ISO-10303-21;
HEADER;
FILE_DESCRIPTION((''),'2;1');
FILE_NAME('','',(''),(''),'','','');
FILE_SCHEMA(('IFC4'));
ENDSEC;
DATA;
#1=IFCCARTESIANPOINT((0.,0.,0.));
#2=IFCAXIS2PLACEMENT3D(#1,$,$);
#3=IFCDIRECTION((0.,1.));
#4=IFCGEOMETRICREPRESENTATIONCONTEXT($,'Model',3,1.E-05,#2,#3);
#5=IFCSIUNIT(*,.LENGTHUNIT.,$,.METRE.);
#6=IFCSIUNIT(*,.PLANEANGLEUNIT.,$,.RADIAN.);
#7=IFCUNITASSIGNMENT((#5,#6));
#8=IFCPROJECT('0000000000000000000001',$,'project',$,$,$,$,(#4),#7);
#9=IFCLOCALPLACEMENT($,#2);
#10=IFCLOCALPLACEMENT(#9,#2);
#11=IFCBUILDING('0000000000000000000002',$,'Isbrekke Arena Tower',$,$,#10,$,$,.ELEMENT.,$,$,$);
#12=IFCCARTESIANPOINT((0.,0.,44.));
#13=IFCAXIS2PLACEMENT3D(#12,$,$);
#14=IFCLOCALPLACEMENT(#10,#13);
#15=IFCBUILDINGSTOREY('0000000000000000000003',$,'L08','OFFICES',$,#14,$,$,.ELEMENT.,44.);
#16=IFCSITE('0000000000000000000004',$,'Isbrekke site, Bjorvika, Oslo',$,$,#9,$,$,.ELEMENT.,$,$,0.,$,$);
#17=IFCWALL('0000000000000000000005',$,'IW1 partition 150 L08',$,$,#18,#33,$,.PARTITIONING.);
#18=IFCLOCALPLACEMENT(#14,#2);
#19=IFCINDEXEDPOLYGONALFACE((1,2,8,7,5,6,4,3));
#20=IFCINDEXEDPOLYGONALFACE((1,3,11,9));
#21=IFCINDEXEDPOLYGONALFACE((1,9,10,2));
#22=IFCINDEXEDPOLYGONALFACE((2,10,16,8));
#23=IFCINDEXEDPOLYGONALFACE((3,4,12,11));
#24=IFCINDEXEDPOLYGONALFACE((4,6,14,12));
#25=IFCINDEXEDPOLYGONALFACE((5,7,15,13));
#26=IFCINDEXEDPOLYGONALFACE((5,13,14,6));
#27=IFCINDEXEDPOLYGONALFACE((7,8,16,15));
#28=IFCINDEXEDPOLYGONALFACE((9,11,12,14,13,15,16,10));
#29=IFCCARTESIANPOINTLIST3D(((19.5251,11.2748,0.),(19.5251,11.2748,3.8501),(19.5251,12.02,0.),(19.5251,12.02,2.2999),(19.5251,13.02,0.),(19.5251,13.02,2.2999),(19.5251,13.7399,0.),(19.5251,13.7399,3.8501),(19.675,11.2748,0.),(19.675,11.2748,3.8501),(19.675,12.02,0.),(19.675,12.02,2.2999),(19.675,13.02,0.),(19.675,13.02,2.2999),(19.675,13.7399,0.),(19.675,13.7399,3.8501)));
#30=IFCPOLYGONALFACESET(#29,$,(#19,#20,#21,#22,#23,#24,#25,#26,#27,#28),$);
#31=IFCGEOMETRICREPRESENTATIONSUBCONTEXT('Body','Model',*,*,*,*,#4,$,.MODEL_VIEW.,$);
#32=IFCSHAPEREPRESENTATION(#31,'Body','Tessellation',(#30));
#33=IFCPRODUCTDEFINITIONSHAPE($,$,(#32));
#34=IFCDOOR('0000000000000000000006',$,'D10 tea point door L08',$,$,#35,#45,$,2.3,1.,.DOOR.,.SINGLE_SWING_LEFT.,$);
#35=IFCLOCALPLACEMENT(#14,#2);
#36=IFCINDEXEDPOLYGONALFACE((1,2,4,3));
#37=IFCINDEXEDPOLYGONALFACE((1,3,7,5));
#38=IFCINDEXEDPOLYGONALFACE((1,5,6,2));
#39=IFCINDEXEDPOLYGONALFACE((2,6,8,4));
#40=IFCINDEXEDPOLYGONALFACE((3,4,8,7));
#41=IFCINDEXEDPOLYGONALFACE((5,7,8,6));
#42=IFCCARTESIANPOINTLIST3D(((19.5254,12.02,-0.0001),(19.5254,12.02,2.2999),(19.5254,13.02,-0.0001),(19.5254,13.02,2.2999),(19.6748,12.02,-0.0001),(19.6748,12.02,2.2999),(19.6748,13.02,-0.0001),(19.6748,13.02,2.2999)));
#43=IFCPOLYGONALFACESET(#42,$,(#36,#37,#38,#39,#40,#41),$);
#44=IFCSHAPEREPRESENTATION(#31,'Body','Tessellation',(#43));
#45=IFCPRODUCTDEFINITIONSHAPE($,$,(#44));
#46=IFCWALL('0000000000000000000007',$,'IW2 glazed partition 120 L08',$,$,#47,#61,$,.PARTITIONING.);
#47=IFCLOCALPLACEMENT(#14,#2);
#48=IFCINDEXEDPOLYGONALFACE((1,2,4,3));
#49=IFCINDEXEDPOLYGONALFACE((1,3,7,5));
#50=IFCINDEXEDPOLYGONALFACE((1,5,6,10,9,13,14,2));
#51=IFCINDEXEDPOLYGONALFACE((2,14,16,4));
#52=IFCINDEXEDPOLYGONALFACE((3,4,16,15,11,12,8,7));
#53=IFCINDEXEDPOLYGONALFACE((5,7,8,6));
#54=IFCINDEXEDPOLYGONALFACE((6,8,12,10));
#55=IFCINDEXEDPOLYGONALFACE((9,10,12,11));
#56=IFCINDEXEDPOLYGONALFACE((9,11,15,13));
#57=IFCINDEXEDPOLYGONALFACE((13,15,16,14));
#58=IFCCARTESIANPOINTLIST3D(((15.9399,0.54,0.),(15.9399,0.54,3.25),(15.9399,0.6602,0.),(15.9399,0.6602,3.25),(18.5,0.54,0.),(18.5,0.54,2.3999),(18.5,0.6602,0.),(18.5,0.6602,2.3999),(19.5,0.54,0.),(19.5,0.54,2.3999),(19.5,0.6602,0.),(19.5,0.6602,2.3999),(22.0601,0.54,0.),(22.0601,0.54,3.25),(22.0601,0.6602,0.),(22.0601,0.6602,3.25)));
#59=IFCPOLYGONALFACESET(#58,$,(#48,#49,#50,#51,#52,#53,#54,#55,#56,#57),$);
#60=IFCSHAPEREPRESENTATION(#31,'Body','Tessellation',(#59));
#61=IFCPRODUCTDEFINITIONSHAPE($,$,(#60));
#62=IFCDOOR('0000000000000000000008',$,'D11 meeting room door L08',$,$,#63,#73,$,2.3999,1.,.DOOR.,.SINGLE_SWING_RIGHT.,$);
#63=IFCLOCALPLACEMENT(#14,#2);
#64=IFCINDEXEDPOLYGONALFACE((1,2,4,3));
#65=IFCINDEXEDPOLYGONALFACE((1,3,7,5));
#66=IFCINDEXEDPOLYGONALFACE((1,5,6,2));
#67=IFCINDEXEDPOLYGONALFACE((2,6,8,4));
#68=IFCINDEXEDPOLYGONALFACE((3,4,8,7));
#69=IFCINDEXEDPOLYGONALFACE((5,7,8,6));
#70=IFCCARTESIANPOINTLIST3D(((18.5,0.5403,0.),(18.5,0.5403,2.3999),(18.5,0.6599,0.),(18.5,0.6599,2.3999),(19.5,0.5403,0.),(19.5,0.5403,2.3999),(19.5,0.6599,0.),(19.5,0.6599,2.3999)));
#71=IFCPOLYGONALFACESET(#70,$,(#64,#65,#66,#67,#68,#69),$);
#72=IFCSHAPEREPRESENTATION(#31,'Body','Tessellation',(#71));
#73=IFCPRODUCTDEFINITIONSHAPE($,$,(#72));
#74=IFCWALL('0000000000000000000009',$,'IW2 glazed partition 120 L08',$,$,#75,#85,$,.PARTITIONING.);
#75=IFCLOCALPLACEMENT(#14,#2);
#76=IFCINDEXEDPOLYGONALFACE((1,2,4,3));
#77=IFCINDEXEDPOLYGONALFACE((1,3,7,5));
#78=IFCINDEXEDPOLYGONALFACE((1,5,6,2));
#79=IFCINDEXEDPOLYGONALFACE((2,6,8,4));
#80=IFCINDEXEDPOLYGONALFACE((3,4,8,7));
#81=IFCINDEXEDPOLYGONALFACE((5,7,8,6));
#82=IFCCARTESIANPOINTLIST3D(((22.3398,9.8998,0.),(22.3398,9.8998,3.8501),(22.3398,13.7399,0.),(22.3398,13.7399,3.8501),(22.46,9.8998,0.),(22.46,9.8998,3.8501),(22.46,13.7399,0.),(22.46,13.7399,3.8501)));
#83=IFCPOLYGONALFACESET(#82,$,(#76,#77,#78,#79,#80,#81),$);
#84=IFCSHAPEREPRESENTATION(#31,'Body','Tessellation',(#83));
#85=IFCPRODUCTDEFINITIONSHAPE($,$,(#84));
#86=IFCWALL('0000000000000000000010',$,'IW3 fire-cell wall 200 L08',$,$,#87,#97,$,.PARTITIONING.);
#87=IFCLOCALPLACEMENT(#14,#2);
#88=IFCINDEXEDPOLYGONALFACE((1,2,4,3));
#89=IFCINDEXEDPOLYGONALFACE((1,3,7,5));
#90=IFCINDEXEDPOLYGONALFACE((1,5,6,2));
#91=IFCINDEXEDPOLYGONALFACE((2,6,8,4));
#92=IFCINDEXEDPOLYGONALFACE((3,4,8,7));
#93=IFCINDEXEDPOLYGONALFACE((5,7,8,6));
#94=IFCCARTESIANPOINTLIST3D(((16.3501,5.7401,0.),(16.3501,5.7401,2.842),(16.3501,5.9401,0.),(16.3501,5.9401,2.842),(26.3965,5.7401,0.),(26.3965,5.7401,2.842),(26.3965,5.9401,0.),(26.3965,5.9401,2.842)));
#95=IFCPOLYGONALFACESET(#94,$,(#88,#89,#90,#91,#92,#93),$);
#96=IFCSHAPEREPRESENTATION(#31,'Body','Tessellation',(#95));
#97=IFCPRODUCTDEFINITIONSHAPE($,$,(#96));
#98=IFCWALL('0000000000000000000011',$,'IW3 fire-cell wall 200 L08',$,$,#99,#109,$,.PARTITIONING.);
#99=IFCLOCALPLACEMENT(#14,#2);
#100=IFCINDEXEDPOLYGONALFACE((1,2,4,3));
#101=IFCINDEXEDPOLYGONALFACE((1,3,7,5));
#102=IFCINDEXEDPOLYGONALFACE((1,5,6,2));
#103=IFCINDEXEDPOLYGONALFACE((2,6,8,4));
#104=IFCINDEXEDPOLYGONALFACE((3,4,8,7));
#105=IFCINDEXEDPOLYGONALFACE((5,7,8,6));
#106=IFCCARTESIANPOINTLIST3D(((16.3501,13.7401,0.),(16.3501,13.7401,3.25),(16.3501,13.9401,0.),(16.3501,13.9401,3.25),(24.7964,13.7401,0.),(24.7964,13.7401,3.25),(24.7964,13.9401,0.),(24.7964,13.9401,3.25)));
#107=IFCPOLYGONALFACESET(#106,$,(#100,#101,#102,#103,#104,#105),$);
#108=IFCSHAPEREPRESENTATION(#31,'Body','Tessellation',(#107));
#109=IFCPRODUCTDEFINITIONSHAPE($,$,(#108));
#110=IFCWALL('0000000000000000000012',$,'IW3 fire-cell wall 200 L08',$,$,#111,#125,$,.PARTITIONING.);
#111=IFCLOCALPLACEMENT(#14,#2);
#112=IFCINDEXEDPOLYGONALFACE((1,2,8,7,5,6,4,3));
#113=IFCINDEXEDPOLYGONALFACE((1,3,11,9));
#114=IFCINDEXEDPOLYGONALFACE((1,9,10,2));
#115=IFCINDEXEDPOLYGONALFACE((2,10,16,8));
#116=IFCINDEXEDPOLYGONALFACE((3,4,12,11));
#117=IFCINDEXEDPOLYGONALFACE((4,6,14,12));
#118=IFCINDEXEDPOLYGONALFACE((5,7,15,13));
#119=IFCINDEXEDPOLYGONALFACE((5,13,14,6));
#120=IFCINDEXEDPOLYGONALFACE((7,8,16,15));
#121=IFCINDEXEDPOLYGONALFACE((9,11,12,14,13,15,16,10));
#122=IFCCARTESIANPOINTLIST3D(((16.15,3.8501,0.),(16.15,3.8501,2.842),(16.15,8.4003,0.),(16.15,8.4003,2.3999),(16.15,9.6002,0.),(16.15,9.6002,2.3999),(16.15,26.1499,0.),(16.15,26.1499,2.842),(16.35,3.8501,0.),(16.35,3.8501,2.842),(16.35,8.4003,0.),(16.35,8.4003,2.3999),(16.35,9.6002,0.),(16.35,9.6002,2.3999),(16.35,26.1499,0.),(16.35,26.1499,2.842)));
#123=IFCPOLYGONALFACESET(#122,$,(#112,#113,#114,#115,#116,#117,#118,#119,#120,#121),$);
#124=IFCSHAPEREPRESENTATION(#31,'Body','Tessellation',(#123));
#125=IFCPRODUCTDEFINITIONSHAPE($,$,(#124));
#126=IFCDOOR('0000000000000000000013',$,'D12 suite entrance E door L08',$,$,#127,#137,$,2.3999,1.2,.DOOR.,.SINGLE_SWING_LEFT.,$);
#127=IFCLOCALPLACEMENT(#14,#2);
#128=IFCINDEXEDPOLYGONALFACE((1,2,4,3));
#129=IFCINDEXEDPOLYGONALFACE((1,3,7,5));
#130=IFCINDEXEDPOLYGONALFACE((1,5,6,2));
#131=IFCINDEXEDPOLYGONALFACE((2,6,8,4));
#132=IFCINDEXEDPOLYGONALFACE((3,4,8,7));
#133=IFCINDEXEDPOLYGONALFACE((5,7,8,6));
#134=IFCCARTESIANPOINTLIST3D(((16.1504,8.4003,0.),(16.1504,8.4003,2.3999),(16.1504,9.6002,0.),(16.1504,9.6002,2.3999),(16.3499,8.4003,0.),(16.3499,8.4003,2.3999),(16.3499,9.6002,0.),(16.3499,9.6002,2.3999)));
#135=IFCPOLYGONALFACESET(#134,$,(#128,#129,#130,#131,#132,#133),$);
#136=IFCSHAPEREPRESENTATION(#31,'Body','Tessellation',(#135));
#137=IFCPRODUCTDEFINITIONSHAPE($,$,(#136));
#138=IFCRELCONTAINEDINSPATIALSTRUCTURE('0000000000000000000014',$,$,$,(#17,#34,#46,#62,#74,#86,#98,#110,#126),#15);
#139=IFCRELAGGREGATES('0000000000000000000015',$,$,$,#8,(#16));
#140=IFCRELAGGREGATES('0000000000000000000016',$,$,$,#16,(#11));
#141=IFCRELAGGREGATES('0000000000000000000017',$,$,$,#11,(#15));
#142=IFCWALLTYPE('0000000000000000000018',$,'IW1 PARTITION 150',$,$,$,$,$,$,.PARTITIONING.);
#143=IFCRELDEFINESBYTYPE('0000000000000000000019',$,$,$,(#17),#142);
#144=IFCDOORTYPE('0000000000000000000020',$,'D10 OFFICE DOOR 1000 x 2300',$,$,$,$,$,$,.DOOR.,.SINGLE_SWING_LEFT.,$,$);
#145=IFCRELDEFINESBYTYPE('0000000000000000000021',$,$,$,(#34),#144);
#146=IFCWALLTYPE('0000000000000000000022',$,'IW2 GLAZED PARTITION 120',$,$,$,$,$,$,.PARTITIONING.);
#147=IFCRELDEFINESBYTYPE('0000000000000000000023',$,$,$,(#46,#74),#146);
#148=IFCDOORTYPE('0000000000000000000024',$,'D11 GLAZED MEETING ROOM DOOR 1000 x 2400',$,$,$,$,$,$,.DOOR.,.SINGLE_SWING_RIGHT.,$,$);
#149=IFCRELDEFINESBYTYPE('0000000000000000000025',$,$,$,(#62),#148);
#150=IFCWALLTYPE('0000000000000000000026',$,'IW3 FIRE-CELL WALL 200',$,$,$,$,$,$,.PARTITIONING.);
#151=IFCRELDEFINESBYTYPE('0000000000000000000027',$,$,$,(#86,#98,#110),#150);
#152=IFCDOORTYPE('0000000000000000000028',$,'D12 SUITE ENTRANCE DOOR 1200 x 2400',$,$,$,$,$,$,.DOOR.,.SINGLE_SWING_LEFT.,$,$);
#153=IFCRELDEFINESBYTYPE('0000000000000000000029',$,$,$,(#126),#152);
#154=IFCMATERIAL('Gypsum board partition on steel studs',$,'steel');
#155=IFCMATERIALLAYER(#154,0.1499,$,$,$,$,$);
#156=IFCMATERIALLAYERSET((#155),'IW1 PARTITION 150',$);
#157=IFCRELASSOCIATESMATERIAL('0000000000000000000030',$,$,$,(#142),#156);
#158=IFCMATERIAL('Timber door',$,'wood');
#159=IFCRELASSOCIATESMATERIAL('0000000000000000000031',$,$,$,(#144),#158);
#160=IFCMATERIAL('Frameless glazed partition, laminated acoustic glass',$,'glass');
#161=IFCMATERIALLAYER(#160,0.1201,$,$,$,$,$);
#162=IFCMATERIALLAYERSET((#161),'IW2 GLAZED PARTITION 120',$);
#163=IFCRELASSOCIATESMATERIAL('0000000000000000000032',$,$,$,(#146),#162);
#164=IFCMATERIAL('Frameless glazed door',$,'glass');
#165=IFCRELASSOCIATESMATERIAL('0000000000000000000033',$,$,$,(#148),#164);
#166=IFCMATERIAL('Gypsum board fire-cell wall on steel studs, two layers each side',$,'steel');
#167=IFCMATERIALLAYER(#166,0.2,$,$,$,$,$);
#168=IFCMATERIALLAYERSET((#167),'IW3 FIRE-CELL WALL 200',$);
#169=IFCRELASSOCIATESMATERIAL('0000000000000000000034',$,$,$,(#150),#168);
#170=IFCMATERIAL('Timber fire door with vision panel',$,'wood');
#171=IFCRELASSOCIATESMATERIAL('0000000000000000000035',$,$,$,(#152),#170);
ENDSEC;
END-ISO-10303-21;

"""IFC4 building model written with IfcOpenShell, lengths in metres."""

from ifc_helpers import new_model, si_unit, direction, frame, frame_2d, origin, place, context, subcontext, project, spatial, rectangle, extrude, material, layer, layer_set, type_object, element, fill, save


model = new_model("IFC4")

# Units and contexts
model_context = context("Model", 3, precision=1e-05, world=origin(), true_north=direction((0.0, 1.0)))
body_context = subcontext(model_context, "Body", "Model", "MODEL_VIEW")
ifc_project = project(units=[si_unit("LENGTHUNIT", "METRE"), si_unit("PLANEANGLEUNIT", "RADIAN")], contexts=[model_context])

# Site, building, storey
site_placement = place(None, origin())
site = spatial("IfcSite", under=ifc_project, at=site_placement, Name="Isbrekke site, Bjorvika, Oslo", CompositionType="ELEMENT", RefElevation=0.0)
building_placement = place(site_placement, origin())
building = spatial("IfcBuilding", under=site, at=building_placement, Name="Isbrekke Arena Tower", CompositionType="ELEMENT")
storey_placement = place(building_placement, frame((0.0, 0.0, 44.0)))
storey = spatial("IfcBuildingStorey", under=building, at=storey_placement, Name="L08", Description="OFFICES", CompositionType="ELEMENT", Elevation=44.0)

# Shared definitions
ifc_material_1 = material(Name="Gypsum board partition on steel studs", Category="steel")
ifc_layer_1 = layer(ifc_material_1, 0.1499)
ifc_layer_set_1 = layer_set([ifc_layer_1], Name="IW1 PARTITION 150")
wall_type_1 = type_object("IfcWallType", Name="IW1 PARTITION 150", PredefinedType="PARTITIONING", material=ifc_layer_set_1)

# Walls, openings, doors
wall_1_placement = place(storey_placement, frame((19.6001, 11.2749, 0.0), z_axis=(0.0, 0.0, 1.0), x_axis=(0.0, 1.0, 0.0)))
wall_1 = element("IfcWall", 1, at=wall_1_placement, inside=storey, type_object=wall_type_1, Name="IW1 partition 150 L08", PredefinedType="PARTITIONING", context=body_context, shape_type="SweptSolid", body=[
    extrude(rectangle(XDim=2.4651, YDim=0.1499, at=frame_2d((1.2324, 0.0))), origin(), (0.0, 0.0, 1.0), 3.8501),
])
opening_1_placement = place(wall_1_placement, frame((0.7451, 0.0, 0.0)))
opening_1 = element("IfcOpeningElement", 2, at=opening_1_placement, cuts=wall_1, PredefinedType="OPENING", context=body_context, shape_type="SweptSolid", body=[
    extrude(rectangle(XDim=1.0, YDim=2.3, at=frame_2d((0.5, 1.1499))), frame((0.0, 0.0898, 0.0), z_axis=(0.0, -1.0, 0.0), x_axis=(1.0, 0.0, 0.0)), (0.0, 0.0, 1.0), 0.1797),
])
ifc_material_2 = material(Name="Timber door", Category="wood")
door_type_1 = type_object("IfcDoorType", Name="D10 OFFICE DOOR 1000 x 2300", OperationType="SINGLE_SWING_LEFT", PredefinedType="DOOR", material=ifc_material_2)
door_1_placement = place(opening_1_placement, origin())
door_1 = element("IfcDoor", 3, at=door_1_placement, inside=storey, type_object=door_type_1, Name="D10 tea point door L08", OperationType="SINGLE_SWING_LEFT", OverallHeight=2.3, OverallWidth=1.0, PredefinedType="DOOR", context=body_context, shape_type="SweptSolid", body=[
    extrude(rectangle(XDim=1.0, YDim=2.3, at=frame_2d((0.5, 1.1499))), frame((0.0, 0.0747, 0.0), z_axis=(0.0, -1.0, 0.0), x_axis=(1.0, 0.0, 0.0)), (0.0, 0.0, 1.0), 0.1494),
])
fill(opening_1, door_1)
ifc_material_3 = material(Name="Frameless glazed partition, laminated acoustic glass", Category="glass")
ifc_layer_2 = layer(ifc_material_3, 0.1201)
ifc_layer_set_2 = layer_set([ifc_layer_2], Name="IW2 GLAZED PARTITION 120")
wall_type_2 = type_object("IfcWallType", Name="IW2 GLAZED PARTITION 120", PredefinedType="PARTITIONING", material=ifc_layer_set_2)
wall_2_placement = place(storey_placement, frame((15.9399, 0.6001, 0.0), z_axis=(0.0, 0.0, 1.0), x_axis=(1.0, 0.0, 0.0)))
wall_2 = element("IfcWall", 4, at=wall_2_placement, inside=storey, type_object=wall_type_2, Name="IW2 glazed partition 120 L08", PredefinedType="PARTITIONING", context=body_context, shape_type="SweptSolid", body=[
    extrude(rectangle(XDim=6.1201, YDim=0.1201, at=frame_2d((3.0601, 0.0))), origin(), (0.0, 0.0, 1.0), 3.25),
])
opening_2_placement = place(wall_2_placement, frame((2.5601, 0.0, 0.0)))
opening_2 = element("IfcOpeningElement", 5, at=opening_2_placement, cuts=wall_2, PredefinedType="OPENING", context=body_context, shape_type="SweptSolid", body=[
    extrude(rectangle(XDim=1.0, YDim=2.3999, at=frame_2d((0.5, 1.2))), frame((0.0, 0.075, 0.0), z_axis=(0.0, -1.0, 0.0), x_axis=(1.0, 0.0, 0.0)), (0.0, 0.0, 1.0), 0.1499),
])
ifc_material_4 = material(Name="Frameless glazed door", Category="glass")
door_type_2 = type_object("IfcDoorType", Name="D11 GLAZED MEETING ROOM DOOR 1000 x 2400", OperationType="SINGLE_SWING_RIGHT", PredefinedType="DOOR", material=ifc_material_4)
door_2_placement = place(opening_2_placement, origin())
door_2 = element("IfcDoor", 6, at=door_2_placement, inside=storey, type_object=door_type_2, Name="D11 meeting room door L08", OperationType="SINGLE_SWING_RIGHT", OverallHeight=2.3999, OverallWidth=1.0, PredefinedType="DOOR", context=body_context, shape_type="SweptSolid", body=[
    extrude(rectangle(XDim=1.0, YDim=2.3999, at=frame_2d((0.5, 1.2))), frame((0.0, 0.0598, 0.0), z_axis=(0.0, -1.0, 0.0), x_axis=(1.0, 0.0, 0.0)), (0.0, 0.0, 1.0), 0.1196),
])
fill(opening_2, door_2)

# Walls
wall_3_placement = place(storey_placement, frame((22.3999, 9.8999, 0.0), z_axis=(0.0, 0.0, 1.0), x_axis=(0.0, 1.0, 0.0)))
element("IfcWall", 7, at=wall_3_placement, inside=storey, type_object=wall_type_2, Name="IW2 glazed partition 120 L08", PredefinedType="PARTITIONING", context=body_context, shape_type="SweptSolid", body=[
    extrude(rectangle(XDim=3.8401, YDim=0.1201, at=frame_2d((1.9199, 0.0))), origin(), (0.0, 0.0, 1.0), 3.8501),
])
ifc_material_5 = material(Name="Gypsum board fire-cell wall on steel studs, two layers each side", Category="steel")
ifc_layer_3 = layer(ifc_material_5, 0.2)
ifc_layer_set_3 = layer_set([ifc_layer_3], Name="IW3 FIRE-CELL WALL 200")
wall_type_3 = type_object("IfcWallType", Name="IW3 FIRE-CELL WALL 200", PredefinedType="PARTITIONING", material=ifc_layer_set_3)
wall_4_placement = place(storey_placement, frame((16.3501, 5.8401, 0.0), z_axis=(0.0, 0.0, 1.0), x_axis=(1.0, 0.0, 0.0)))
element("IfcWall", 8, at=wall_4_placement, inside=storey, type_object=wall_type_3, Name="IW3 fire-cell wall 200 L08", PredefinedType="PARTITIONING", context=body_context, shape_type="SweptSolid", body=[
    extrude(rectangle(XDim=10.0464, YDim=0.2, at=frame_2d((5.0232, 0.0))), origin(), (0.0, 0.0, 1.0), 2.842),
])
wall_5_placement = place(storey_placement, frame((16.3501, 13.8401, 0.0), z_axis=(0.0, 0.0, 1.0), x_axis=(1.0, 0.0, 0.0)))
element("IfcWall", 9, at=wall_5_placement, inside=storey, type_object=wall_type_3, Name="IW3 fire-cell wall 200 L08", PredefinedType="PARTITIONING", context=body_context, shape_type="SweptSolid", body=[
    extrude(rectangle(XDim=8.4463, YDim=0.2, at=frame_2d((4.2231, 0.0))), origin(), (0.0, 0.0, 1.0), 3.25),
])

# Wall, opening, door
wall_6_placement = place(storey_placement, frame((16.25, 3.8501, 0.0), z_axis=(0.0, 0.0, 1.0), x_axis=(0.0, 1.0, 0.0)))
wall_6 = element("IfcWall", 10, at=wall_6_placement, inside=storey, type_object=wall_type_3, Name="IW3 fire-cell wall 200 L08", PredefinedType="PARTITIONING", context=body_context, shape_type="SweptSolid", body=[
    extrude(rectangle(XDim=22.2998, YDim=0.2, at=frame_2d((11.1499, 0.0))), origin(), (0.0, 0.0, 1.0), 2.842),
])
opening_3_placement = place(wall_6_placement, frame((4.55, 0.0, 0.0)))
opening_3 = element("IfcOpeningElement", 11, at=opening_3_placement, cuts=wall_6, PredefinedType="OPENING", context=body_context, shape_type="SweptSolid", body=[
    extrude(rectangle(XDim=1.2, YDim=2.3999, at=frame_2d((0.6001, 1.2))), frame((0.0, 0.1147, 0.0), z_axis=(0.0, -1.0, 0.0), x_axis=(1.0, 0.0, 0.0)), (0.0, 0.0, 1.0), 0.2297),
])
ifc_material_6 = material(Name="Timber fire door with vision panel", Category="wood")
door_type_3 = type_object("IfcDoorType", Name="D12 SUITE ENTRANCE DOOR 1200 x 2400", OperationType="SINGLE_SWING_LEFT", PredefinedType="DOOR", material=ifc_material_6)
door_3_placement = place(opening_3_placement, origin())
door_3 = element("IfcDoor", 12, at=door_3_placement, inside=storey, type_object=door_type_3, Name="D12 suite entrance E door L08", OperationType="SINGLE_SWING_LEFT", OverallHeight=2.3999, OverallWidth=1.2, PredefinedType="DOOR", context=body_context, shape_type="SweptSolid", body=[
    extrude(rectangle(XDim=1.2, YDim=2.3999, at=frame_2d((0.6001, 1.2))), frame((0.0, 0.0996, 0.0), z_axis=(0.0, -1.0, 0.0), x_axis=(1.0, 0.0, 0.0)), (0.0, 0.0, 1.0), 0.1995),
])
fill(opening_3, door_3)

save(model, "model.ifc")
